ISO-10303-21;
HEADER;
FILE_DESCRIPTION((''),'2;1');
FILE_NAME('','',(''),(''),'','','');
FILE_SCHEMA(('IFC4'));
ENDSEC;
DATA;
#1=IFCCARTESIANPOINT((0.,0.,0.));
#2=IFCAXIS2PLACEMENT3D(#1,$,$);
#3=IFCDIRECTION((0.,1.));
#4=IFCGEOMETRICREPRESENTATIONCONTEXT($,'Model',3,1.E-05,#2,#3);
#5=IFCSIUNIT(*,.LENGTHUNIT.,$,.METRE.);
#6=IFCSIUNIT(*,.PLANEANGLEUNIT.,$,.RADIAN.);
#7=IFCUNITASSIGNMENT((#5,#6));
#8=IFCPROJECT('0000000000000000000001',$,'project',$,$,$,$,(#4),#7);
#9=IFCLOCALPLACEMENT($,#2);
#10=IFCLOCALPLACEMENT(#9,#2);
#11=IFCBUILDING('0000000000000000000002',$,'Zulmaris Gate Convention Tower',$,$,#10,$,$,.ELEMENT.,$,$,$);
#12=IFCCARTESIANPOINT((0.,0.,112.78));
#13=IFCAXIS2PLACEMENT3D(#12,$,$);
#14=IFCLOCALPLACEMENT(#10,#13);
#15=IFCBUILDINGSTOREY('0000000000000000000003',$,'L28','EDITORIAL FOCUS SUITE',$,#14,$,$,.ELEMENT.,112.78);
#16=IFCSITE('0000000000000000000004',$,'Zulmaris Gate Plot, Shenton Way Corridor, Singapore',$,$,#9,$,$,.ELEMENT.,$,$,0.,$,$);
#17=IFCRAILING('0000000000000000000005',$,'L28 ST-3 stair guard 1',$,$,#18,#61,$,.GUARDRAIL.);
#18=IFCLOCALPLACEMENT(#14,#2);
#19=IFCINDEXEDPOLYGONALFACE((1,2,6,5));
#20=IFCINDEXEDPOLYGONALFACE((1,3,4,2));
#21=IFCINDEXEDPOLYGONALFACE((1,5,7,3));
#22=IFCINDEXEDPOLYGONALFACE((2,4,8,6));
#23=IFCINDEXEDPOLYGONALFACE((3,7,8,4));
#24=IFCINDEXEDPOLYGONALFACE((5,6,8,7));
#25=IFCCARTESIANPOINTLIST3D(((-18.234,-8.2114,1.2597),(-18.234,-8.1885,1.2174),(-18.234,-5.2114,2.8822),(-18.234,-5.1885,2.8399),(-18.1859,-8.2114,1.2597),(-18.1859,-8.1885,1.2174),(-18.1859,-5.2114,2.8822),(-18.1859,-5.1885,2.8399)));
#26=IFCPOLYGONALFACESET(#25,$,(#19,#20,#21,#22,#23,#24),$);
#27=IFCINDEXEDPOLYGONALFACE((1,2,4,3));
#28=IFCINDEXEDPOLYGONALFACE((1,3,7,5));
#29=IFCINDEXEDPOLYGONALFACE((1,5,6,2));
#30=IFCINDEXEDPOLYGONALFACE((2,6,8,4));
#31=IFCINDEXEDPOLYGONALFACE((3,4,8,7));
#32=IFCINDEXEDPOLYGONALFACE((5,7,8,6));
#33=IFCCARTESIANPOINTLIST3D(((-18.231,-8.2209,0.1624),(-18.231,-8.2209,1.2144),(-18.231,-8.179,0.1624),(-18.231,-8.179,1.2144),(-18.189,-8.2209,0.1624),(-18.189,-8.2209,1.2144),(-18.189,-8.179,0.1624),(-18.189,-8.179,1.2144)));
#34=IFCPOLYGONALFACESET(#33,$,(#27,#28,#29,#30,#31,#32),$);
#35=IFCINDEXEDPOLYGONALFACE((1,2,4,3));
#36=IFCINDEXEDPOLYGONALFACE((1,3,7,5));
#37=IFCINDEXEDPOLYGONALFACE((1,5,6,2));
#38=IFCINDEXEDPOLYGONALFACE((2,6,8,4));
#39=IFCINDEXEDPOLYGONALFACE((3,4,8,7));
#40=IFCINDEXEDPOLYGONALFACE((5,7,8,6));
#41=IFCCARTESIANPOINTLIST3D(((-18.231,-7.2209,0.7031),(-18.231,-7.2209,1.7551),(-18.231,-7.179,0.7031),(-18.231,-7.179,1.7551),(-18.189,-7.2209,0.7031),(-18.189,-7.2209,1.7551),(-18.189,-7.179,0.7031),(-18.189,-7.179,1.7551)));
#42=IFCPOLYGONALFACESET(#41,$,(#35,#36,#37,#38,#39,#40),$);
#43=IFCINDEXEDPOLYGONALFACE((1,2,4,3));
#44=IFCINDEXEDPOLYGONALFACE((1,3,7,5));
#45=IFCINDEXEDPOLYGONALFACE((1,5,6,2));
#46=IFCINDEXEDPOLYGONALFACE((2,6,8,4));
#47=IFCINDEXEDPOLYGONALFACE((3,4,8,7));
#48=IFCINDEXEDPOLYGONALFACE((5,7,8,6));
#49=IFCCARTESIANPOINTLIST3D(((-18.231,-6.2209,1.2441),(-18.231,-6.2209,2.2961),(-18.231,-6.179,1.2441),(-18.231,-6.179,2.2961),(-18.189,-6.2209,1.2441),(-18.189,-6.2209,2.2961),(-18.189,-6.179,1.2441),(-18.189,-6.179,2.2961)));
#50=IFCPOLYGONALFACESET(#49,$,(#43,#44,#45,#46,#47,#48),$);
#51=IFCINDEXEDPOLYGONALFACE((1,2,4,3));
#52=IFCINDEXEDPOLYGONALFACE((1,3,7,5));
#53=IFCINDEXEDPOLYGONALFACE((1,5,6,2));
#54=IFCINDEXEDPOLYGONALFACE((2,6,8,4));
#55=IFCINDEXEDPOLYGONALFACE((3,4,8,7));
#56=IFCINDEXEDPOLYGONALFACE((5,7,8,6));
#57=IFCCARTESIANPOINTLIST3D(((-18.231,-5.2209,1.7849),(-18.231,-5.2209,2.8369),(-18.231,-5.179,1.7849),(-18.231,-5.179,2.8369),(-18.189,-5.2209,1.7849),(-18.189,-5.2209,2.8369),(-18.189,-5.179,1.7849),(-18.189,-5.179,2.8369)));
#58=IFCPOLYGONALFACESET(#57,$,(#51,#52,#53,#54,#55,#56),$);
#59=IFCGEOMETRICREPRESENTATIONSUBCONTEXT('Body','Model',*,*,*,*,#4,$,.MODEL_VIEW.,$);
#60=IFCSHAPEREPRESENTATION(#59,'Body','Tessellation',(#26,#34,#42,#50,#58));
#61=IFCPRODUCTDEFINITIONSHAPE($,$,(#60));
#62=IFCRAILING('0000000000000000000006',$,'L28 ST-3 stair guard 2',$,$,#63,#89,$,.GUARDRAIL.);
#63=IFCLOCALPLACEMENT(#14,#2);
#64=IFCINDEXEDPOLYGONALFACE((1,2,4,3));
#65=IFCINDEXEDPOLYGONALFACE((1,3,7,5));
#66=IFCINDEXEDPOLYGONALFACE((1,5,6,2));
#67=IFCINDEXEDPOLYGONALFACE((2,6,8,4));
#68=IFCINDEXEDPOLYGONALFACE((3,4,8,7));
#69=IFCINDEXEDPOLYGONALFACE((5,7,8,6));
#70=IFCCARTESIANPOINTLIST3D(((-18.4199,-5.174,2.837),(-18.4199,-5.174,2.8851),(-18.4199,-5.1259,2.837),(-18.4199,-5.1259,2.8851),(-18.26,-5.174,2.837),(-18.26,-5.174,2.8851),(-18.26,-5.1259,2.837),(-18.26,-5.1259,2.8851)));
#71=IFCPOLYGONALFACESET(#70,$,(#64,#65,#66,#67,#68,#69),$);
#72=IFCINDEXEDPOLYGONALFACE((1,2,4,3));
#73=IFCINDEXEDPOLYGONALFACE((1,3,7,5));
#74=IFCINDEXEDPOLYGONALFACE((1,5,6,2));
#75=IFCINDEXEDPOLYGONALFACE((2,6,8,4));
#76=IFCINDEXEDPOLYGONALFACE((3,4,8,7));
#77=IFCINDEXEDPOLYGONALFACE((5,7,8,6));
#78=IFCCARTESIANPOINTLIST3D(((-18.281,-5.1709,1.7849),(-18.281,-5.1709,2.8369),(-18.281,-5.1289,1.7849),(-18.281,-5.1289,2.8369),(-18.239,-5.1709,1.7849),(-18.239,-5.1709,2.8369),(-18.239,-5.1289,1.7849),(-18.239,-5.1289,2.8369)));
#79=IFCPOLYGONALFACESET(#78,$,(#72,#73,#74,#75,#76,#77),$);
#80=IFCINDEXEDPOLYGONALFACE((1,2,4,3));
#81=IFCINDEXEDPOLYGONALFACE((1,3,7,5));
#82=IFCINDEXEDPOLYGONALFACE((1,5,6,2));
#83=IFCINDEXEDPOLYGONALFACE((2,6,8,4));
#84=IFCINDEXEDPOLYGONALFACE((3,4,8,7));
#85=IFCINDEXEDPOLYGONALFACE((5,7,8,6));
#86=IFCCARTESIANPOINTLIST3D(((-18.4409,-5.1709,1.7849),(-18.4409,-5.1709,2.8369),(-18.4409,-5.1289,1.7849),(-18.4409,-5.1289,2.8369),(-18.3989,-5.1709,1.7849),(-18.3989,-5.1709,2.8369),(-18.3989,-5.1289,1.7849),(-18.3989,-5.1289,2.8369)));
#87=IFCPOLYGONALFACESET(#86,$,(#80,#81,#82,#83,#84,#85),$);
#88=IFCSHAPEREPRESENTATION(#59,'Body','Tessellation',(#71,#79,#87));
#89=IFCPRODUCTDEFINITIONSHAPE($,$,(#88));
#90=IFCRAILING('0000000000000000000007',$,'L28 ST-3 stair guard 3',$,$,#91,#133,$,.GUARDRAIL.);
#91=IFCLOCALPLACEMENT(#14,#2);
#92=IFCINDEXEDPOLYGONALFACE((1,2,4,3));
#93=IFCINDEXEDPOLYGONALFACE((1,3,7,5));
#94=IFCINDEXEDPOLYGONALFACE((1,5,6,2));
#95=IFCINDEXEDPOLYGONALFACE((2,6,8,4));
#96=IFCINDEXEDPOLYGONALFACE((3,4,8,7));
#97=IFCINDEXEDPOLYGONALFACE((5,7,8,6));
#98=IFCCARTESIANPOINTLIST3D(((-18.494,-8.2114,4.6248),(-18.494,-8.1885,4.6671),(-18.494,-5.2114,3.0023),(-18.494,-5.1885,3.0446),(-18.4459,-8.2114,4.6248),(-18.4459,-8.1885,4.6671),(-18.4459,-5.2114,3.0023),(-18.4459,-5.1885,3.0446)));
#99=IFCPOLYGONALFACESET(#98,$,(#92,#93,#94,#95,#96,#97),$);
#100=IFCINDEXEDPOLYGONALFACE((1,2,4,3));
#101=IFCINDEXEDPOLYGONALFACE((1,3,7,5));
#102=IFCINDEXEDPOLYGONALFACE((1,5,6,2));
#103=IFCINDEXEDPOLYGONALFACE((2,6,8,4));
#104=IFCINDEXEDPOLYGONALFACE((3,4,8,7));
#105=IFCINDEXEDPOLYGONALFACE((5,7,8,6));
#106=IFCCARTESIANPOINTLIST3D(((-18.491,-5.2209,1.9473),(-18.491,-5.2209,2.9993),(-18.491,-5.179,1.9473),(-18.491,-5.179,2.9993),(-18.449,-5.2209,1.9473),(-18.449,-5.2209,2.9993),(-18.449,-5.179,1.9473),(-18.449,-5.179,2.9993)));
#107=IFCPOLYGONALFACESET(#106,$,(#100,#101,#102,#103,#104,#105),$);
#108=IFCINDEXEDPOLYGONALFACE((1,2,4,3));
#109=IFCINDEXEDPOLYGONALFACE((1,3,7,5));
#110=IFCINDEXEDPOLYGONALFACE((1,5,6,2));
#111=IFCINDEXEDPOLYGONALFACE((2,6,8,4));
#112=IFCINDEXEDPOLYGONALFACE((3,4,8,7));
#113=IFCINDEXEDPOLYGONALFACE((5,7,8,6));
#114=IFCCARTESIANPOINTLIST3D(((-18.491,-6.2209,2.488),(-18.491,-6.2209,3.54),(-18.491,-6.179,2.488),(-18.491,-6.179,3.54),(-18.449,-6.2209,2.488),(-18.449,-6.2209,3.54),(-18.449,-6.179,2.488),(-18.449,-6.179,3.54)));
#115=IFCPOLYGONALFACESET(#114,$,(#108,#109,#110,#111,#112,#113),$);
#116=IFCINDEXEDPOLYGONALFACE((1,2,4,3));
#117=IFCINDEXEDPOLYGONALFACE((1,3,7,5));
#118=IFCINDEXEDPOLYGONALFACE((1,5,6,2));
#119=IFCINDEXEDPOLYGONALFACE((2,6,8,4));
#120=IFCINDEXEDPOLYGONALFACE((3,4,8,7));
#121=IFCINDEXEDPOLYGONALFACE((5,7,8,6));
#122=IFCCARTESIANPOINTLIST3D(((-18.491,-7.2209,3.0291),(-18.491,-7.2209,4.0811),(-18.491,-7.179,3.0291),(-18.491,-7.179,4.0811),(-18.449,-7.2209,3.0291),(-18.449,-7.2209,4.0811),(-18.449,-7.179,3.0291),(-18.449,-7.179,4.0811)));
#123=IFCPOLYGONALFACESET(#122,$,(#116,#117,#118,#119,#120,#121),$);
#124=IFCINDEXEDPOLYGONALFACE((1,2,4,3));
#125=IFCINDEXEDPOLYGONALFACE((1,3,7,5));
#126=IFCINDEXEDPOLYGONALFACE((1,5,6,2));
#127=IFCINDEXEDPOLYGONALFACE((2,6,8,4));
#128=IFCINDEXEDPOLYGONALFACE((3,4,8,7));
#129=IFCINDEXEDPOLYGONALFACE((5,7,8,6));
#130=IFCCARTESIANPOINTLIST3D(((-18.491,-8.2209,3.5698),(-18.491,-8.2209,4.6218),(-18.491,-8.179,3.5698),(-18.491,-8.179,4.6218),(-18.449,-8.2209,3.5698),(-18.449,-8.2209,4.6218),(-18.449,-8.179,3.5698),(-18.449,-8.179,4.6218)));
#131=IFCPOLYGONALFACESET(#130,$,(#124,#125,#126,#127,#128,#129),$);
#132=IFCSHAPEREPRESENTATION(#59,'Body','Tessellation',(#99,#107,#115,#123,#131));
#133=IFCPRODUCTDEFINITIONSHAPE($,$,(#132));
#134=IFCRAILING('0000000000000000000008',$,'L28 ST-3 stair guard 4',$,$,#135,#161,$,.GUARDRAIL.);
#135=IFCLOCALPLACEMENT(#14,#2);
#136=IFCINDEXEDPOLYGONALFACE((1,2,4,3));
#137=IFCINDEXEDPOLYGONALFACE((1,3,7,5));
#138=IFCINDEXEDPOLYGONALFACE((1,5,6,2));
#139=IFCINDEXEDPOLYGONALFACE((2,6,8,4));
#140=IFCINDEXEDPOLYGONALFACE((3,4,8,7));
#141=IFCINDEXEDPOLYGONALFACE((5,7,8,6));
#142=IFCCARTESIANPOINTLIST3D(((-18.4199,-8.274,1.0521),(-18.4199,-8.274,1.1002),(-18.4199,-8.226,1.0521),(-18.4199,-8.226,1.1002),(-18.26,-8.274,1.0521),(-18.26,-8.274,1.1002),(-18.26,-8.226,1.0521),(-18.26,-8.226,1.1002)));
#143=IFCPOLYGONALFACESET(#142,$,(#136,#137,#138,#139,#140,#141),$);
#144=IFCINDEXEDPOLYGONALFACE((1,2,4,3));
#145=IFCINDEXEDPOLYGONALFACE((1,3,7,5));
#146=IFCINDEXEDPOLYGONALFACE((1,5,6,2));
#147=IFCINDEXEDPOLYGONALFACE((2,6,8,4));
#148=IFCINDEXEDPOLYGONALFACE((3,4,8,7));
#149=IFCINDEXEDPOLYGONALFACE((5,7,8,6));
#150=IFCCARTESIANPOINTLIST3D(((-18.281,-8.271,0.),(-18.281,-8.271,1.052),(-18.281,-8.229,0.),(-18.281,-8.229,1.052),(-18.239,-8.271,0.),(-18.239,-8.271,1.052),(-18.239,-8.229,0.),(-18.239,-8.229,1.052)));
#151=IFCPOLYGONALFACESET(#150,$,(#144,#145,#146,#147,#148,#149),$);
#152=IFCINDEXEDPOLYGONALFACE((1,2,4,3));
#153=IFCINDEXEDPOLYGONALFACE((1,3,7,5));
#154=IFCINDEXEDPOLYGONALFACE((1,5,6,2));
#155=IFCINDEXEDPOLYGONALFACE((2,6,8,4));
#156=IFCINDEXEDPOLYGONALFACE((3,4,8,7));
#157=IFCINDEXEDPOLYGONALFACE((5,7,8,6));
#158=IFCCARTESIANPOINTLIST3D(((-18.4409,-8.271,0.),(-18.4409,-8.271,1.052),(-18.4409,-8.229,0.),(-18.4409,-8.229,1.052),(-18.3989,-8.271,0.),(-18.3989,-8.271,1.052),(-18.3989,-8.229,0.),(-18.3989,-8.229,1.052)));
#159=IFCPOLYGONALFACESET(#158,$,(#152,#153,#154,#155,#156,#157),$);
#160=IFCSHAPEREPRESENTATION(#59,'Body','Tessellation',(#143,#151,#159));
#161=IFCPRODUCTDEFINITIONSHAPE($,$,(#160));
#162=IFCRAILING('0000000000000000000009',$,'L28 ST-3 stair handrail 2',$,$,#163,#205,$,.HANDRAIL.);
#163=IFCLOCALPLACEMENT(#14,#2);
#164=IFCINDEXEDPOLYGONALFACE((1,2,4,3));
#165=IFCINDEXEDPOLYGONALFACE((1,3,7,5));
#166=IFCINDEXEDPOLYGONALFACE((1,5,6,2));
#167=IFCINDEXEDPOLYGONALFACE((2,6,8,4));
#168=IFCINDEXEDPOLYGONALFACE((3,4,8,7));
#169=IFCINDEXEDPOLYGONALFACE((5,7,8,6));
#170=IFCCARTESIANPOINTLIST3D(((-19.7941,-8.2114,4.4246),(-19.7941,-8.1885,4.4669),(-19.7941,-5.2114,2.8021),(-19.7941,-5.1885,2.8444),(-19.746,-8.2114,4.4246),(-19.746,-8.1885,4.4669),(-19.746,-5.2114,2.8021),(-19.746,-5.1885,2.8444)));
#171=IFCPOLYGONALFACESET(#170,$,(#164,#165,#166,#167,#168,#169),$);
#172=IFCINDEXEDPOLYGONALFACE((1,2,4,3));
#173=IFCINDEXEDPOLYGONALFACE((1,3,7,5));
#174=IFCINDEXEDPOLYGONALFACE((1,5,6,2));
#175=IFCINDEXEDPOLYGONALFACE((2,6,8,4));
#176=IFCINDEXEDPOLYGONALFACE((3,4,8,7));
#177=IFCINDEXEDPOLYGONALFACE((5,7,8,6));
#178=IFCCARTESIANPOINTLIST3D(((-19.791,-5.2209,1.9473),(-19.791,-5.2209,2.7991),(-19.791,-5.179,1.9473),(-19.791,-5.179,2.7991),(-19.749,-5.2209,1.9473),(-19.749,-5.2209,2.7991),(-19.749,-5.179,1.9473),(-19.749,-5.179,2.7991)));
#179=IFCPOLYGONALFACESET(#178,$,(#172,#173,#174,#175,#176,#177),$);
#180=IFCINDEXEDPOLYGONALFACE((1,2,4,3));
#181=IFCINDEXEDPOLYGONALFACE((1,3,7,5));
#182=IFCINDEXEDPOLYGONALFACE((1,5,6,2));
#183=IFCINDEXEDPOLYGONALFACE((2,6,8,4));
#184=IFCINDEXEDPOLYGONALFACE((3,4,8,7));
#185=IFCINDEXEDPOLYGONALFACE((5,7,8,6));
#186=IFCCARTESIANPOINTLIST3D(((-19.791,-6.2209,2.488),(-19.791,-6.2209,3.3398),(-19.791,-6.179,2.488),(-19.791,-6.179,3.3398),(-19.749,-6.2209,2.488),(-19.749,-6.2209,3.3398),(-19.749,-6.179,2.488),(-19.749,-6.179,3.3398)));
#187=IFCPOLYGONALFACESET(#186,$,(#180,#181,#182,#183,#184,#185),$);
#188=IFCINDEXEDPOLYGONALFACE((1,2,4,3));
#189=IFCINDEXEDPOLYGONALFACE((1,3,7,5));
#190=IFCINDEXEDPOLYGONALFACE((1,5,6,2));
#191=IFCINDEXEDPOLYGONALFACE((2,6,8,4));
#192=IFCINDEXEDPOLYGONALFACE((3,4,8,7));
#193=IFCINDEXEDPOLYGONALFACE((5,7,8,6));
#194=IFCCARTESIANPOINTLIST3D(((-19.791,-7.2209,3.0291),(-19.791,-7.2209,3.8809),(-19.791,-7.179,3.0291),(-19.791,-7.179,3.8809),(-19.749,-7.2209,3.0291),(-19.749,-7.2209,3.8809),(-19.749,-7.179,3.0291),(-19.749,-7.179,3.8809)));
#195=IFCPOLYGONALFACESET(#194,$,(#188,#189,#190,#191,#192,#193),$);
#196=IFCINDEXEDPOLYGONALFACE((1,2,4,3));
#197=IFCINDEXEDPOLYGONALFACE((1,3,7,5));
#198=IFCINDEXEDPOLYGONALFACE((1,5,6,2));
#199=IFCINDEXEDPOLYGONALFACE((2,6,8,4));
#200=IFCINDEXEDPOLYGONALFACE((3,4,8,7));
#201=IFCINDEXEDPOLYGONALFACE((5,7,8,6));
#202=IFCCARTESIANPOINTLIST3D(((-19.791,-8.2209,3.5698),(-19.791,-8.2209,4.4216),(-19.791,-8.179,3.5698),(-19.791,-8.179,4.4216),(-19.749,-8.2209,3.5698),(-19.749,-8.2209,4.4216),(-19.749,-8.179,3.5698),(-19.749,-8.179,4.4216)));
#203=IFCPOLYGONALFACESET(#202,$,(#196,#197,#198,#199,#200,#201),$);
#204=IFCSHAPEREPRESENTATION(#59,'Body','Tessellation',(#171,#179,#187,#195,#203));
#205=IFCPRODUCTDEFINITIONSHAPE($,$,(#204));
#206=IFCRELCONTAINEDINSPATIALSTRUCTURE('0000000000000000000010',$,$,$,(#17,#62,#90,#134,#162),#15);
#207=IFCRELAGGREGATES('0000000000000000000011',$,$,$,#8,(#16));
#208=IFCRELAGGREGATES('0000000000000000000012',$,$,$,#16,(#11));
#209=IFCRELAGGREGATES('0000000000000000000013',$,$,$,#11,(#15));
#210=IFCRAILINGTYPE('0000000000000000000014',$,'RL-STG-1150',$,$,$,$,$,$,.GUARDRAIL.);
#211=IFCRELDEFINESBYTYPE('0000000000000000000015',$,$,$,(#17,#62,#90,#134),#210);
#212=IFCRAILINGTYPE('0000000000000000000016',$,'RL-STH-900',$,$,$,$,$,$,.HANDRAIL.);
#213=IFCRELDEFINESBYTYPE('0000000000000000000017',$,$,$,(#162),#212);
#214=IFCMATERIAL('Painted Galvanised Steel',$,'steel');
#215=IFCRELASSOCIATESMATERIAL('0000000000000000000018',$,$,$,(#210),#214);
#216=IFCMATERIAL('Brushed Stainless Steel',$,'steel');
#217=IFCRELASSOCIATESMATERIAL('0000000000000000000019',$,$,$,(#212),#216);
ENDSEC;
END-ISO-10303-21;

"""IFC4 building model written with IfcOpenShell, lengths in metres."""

from ifc_helpers import new_model, si_unit, direction, frame, origin, origin_2d, place, context, subcontext, project, spatial, rectangle, extrude, material, type_object, element, save


model = new_model("IFC4")

# Units and contexts
model_context = context("Model", 3, precision=1e-05, world=origin(), true_north=direction((0.0, 1.0)))
body_context = subcontext(model_context, "Body", "Model", "MODEL_VIEW")
ifc_project = project(units=[si_unit("LENGTHUNIT", "METRE"), si_unit("PLANEANGLEUNIT", "RADIAN")], contexts=[model_context])

# Site, building, storey
site_placement = place(None, origin())
site = spatial("IfcSite", under=ifc_project, at=site_placement, Name="Zulmaris Gate Plot, Shenton Way Corridor, Singapore", CompositionType="ELEMENT", RefElevation=0.0)
building_placement = place(site_placement, origin())
building = spatial("IfcBuilding", under=site, at=building_placement, Name="Zulmaris Gate Convention Tower", CompositionType="ELEMENT")
storey_placement = place(building_placement, frame((0.0, 0.0, 112.78)))
storey = spatial("IfcBuildingStorey", under=building, at=storey_placement, Name="L28", Description="EDITORIAL FOCUS SUITE", CompositionType="ELEMENT", Elevation=112.78)

# Railings
ifc_material_1 = material(Name="Painted Galvanised Steel", Category="steel")
railing_type_1 = type_object("IfcRailingType", Name="RL-STG-1150", PredefinedType="GUARDRAIL", material=ifc_material_1)
railing_1_placement = place(storey_placement, frame((-18.21, -8.2, 0.1624)))
element("IfcRailing", 1, at=railing_1_placement, inside=storey, type_object=railing_type_1, Name="L28 ST-3 stair guard 1", PredefinedType="GUARDRAIL", context=body_context, shape_type="SweptSolid", body=[
    extrude(rectangle(XDim=0.0481, YDim=0.0481, at=origin_2d()), frame((0.0, 0.0, 1.0762), z_axis=(0.0, 0.879592, 0.47573), x_axis=(-1.0, 0.0, 0.0)), (0.0, 0.0, 1.0), 3.4106),
    extrude(rectangle(XDim=0.042, YDim=0.042, at=origin_2d()), origin(), (0.0, 0.0, 1.0), 1.052),
    extrude(rectangle(XDim=0.042, YDim=0.042, at=origin_2d()), frame((0.0, 1.0, 0.5408)), (0.0, 0.0, 1.0), 1.052),
    extrude(rectangle(XDim=0.042, YDim=0.042, at=origin_2d()), frame((0.0, 2.0, 1.0818)), (0.0, 0.0, 1.0), 1.052),
    extrude(rectangle(XDim=0.042, YDim=0.042, at=origin_2d()), frame((0.0, 3.0, 1.6226)), (0.0, 0.0, 1.0), 1.052),
])
railing_2_placement = place(storey_placement, frame((-18.26, -5.1499, 1.7849)))
element("IfcRailing", 2, at=railing_2_placement, inside=storey, type_object=railing_type_1, Name="L28 ST-3 stair guard 2", PredefinedType="GUARDRAIL", context=body_context, shape_type="SweptSolid", body=[
    extrude(rectangle(XDim=0.0481, YDim=0.0481, at=origin_2d()), frame((0.0, 0.0, 1.0762), z_axis=(-1.0, 0.0, 0.0), x_axis=(0.0, -1.0, 0.0)), (0.0, 0.0, 1.0), 0.1599),
    extrude(rectangle(XDim=0.042, YDim=0.042, at=origin_2d()), origin(), (0.0, 0.0, 1.0), 1.052),
    extrude(rectangle(XDim=0.042, YDim=0.042, at=origin_2d()), frame((-0.1599, 0.0, 0.0)), (0.0, 0.0, 1.0), 1.052),
])
railing_3_placement = place(storey_placement, frame((-18.47, -5.2, 1.9473)))
element("IfcRailing", 3, at=railing_3_placement, inside=storey, type_object=railing_type_1, Name="L28 ST-3 stair guard 3", PredefinedType="GUARDRAIL", context=body_context, shape_type="SweptSolid", body=[
    extrude(rectangle(XDim=0.0481, YDim=0.0481, at=origin_2d()), frame((0.0, 0.0, 1.0762), z_axis=(0.0, -0.879592, 0.47573), x_axis=(1.0, 0.0, 0.0)), (0.0, 0.0, 1.0), 3.4106),
    extrude(rectangle(XDim=0.042, YDim=0.042, at=origin_2d()), origin(), (0.0, 0.0, 1.0), 1.052),
    extrude(rectangle(XDim=0.042, YDim=0.042, at=origin_2d()), frame((0.0, -1.0, 0.5408)), (0.0, 0.0, 1.0), 1.052),
    extrude(rectangle(XDim=0.042, YDim=0.042, at=origin_2d()), frame((0.0, -2.0, 1.0818)), (0.0, 0.0, 1.0), 1.052),
    extrude(rectangle(XDim=0.042, YDim=0.042, at=origin_2d()), frame((0.0, -3.0, 1.6226)), (0.0, 0.0, 1.0), 1.052),
])
railing_4_placement = place(storey_placement, frame((-18.26, -8.25, 0.0)))
element("IfcRailing", 4, at=railing_4_placement, inside=storey, type_object=railing_type_1, Name="L28 ST-3 stair guard 4", PredefinedType="GUARDRAIL", context=body_context, shape_type="SweptSolid", body=[
    extrude(rectangle(XDim=0.0481, YDim=0.0481, at=origin_2d()), frame((0.0, 0.0, 1.0762), z_axis=(-1.0, 0.0, 0.0), x_axis=(0.0, -1.0, 0.0)), (0.0, 0.0, 1.0), 0.1599),
    extrude(rectangle(XDim=0.042, YDim=0.042, at=origin_2d()), origin(), (0.0, 0.0, 1.0), 1.052),
    extrude(rectangle(XDim=0.042, YDim=0.042, at=origin_2d()), frame((-0.1599, 0.0, 0.0)), (0.0, 0.0, 1.0), 1.052),
])
ifc_material_2 = material(Name="Brushed Stainless Steel", Category="steel")
railing_type_2 = type_object("IfcRailingType", Name="RL-STH-900", PredefinedType="HANDRAIL", material=ifc_material_2)
railing_5_placement = place(storey_placement, frame((-19.77, -5.2, 1.9473)))
element("IfcRailing", 5, at=railing_5_placement, inside=storey, type_object=railing_type_2, Name="L28 ST-3 stair handrail 2", PredefinedType="HANDRAIL", context=body_context, shape_type="SweptSolid", body=[
    extrude(rectangle(XDim=0.0481, YDim=0.0481, at=origin_2d()), frame((0.0, 0.0, 0.876), z_axis=(0.0, -0.879592, 0.47573), x_axis=(1.0, 0.0, 0.0)), (0.0, 0.0, 1.0), 3.4106),
    extrude(rectangle(XDim=0.042, YDim=0.042, at=origin_2d()), origin(), (0.0, 0.0, 1.0), 0.8518),
    extrude(rectangle(XDim=0.042, YDim=0.042, at=origin_2d()), frame((0.0, -1.0, 0.5408)), (0.0, 0.0, 1.0), 0.8518),
    extrude(rectangle(XDim=0.042, YDim=0.042, at=origin_2d()), frame((0.0, -2.0, 1.0818)), (0.0, 0.0, 1.0), 0.8518),
    extrude(rectangle(XDim=0.042, YDim=0.042, at=origin_2d()), frame((0.0, -3.0, 1.6226)), (0.0, 0.0, 1.0), 0.8518),
])

save(model, "model.ifc")
